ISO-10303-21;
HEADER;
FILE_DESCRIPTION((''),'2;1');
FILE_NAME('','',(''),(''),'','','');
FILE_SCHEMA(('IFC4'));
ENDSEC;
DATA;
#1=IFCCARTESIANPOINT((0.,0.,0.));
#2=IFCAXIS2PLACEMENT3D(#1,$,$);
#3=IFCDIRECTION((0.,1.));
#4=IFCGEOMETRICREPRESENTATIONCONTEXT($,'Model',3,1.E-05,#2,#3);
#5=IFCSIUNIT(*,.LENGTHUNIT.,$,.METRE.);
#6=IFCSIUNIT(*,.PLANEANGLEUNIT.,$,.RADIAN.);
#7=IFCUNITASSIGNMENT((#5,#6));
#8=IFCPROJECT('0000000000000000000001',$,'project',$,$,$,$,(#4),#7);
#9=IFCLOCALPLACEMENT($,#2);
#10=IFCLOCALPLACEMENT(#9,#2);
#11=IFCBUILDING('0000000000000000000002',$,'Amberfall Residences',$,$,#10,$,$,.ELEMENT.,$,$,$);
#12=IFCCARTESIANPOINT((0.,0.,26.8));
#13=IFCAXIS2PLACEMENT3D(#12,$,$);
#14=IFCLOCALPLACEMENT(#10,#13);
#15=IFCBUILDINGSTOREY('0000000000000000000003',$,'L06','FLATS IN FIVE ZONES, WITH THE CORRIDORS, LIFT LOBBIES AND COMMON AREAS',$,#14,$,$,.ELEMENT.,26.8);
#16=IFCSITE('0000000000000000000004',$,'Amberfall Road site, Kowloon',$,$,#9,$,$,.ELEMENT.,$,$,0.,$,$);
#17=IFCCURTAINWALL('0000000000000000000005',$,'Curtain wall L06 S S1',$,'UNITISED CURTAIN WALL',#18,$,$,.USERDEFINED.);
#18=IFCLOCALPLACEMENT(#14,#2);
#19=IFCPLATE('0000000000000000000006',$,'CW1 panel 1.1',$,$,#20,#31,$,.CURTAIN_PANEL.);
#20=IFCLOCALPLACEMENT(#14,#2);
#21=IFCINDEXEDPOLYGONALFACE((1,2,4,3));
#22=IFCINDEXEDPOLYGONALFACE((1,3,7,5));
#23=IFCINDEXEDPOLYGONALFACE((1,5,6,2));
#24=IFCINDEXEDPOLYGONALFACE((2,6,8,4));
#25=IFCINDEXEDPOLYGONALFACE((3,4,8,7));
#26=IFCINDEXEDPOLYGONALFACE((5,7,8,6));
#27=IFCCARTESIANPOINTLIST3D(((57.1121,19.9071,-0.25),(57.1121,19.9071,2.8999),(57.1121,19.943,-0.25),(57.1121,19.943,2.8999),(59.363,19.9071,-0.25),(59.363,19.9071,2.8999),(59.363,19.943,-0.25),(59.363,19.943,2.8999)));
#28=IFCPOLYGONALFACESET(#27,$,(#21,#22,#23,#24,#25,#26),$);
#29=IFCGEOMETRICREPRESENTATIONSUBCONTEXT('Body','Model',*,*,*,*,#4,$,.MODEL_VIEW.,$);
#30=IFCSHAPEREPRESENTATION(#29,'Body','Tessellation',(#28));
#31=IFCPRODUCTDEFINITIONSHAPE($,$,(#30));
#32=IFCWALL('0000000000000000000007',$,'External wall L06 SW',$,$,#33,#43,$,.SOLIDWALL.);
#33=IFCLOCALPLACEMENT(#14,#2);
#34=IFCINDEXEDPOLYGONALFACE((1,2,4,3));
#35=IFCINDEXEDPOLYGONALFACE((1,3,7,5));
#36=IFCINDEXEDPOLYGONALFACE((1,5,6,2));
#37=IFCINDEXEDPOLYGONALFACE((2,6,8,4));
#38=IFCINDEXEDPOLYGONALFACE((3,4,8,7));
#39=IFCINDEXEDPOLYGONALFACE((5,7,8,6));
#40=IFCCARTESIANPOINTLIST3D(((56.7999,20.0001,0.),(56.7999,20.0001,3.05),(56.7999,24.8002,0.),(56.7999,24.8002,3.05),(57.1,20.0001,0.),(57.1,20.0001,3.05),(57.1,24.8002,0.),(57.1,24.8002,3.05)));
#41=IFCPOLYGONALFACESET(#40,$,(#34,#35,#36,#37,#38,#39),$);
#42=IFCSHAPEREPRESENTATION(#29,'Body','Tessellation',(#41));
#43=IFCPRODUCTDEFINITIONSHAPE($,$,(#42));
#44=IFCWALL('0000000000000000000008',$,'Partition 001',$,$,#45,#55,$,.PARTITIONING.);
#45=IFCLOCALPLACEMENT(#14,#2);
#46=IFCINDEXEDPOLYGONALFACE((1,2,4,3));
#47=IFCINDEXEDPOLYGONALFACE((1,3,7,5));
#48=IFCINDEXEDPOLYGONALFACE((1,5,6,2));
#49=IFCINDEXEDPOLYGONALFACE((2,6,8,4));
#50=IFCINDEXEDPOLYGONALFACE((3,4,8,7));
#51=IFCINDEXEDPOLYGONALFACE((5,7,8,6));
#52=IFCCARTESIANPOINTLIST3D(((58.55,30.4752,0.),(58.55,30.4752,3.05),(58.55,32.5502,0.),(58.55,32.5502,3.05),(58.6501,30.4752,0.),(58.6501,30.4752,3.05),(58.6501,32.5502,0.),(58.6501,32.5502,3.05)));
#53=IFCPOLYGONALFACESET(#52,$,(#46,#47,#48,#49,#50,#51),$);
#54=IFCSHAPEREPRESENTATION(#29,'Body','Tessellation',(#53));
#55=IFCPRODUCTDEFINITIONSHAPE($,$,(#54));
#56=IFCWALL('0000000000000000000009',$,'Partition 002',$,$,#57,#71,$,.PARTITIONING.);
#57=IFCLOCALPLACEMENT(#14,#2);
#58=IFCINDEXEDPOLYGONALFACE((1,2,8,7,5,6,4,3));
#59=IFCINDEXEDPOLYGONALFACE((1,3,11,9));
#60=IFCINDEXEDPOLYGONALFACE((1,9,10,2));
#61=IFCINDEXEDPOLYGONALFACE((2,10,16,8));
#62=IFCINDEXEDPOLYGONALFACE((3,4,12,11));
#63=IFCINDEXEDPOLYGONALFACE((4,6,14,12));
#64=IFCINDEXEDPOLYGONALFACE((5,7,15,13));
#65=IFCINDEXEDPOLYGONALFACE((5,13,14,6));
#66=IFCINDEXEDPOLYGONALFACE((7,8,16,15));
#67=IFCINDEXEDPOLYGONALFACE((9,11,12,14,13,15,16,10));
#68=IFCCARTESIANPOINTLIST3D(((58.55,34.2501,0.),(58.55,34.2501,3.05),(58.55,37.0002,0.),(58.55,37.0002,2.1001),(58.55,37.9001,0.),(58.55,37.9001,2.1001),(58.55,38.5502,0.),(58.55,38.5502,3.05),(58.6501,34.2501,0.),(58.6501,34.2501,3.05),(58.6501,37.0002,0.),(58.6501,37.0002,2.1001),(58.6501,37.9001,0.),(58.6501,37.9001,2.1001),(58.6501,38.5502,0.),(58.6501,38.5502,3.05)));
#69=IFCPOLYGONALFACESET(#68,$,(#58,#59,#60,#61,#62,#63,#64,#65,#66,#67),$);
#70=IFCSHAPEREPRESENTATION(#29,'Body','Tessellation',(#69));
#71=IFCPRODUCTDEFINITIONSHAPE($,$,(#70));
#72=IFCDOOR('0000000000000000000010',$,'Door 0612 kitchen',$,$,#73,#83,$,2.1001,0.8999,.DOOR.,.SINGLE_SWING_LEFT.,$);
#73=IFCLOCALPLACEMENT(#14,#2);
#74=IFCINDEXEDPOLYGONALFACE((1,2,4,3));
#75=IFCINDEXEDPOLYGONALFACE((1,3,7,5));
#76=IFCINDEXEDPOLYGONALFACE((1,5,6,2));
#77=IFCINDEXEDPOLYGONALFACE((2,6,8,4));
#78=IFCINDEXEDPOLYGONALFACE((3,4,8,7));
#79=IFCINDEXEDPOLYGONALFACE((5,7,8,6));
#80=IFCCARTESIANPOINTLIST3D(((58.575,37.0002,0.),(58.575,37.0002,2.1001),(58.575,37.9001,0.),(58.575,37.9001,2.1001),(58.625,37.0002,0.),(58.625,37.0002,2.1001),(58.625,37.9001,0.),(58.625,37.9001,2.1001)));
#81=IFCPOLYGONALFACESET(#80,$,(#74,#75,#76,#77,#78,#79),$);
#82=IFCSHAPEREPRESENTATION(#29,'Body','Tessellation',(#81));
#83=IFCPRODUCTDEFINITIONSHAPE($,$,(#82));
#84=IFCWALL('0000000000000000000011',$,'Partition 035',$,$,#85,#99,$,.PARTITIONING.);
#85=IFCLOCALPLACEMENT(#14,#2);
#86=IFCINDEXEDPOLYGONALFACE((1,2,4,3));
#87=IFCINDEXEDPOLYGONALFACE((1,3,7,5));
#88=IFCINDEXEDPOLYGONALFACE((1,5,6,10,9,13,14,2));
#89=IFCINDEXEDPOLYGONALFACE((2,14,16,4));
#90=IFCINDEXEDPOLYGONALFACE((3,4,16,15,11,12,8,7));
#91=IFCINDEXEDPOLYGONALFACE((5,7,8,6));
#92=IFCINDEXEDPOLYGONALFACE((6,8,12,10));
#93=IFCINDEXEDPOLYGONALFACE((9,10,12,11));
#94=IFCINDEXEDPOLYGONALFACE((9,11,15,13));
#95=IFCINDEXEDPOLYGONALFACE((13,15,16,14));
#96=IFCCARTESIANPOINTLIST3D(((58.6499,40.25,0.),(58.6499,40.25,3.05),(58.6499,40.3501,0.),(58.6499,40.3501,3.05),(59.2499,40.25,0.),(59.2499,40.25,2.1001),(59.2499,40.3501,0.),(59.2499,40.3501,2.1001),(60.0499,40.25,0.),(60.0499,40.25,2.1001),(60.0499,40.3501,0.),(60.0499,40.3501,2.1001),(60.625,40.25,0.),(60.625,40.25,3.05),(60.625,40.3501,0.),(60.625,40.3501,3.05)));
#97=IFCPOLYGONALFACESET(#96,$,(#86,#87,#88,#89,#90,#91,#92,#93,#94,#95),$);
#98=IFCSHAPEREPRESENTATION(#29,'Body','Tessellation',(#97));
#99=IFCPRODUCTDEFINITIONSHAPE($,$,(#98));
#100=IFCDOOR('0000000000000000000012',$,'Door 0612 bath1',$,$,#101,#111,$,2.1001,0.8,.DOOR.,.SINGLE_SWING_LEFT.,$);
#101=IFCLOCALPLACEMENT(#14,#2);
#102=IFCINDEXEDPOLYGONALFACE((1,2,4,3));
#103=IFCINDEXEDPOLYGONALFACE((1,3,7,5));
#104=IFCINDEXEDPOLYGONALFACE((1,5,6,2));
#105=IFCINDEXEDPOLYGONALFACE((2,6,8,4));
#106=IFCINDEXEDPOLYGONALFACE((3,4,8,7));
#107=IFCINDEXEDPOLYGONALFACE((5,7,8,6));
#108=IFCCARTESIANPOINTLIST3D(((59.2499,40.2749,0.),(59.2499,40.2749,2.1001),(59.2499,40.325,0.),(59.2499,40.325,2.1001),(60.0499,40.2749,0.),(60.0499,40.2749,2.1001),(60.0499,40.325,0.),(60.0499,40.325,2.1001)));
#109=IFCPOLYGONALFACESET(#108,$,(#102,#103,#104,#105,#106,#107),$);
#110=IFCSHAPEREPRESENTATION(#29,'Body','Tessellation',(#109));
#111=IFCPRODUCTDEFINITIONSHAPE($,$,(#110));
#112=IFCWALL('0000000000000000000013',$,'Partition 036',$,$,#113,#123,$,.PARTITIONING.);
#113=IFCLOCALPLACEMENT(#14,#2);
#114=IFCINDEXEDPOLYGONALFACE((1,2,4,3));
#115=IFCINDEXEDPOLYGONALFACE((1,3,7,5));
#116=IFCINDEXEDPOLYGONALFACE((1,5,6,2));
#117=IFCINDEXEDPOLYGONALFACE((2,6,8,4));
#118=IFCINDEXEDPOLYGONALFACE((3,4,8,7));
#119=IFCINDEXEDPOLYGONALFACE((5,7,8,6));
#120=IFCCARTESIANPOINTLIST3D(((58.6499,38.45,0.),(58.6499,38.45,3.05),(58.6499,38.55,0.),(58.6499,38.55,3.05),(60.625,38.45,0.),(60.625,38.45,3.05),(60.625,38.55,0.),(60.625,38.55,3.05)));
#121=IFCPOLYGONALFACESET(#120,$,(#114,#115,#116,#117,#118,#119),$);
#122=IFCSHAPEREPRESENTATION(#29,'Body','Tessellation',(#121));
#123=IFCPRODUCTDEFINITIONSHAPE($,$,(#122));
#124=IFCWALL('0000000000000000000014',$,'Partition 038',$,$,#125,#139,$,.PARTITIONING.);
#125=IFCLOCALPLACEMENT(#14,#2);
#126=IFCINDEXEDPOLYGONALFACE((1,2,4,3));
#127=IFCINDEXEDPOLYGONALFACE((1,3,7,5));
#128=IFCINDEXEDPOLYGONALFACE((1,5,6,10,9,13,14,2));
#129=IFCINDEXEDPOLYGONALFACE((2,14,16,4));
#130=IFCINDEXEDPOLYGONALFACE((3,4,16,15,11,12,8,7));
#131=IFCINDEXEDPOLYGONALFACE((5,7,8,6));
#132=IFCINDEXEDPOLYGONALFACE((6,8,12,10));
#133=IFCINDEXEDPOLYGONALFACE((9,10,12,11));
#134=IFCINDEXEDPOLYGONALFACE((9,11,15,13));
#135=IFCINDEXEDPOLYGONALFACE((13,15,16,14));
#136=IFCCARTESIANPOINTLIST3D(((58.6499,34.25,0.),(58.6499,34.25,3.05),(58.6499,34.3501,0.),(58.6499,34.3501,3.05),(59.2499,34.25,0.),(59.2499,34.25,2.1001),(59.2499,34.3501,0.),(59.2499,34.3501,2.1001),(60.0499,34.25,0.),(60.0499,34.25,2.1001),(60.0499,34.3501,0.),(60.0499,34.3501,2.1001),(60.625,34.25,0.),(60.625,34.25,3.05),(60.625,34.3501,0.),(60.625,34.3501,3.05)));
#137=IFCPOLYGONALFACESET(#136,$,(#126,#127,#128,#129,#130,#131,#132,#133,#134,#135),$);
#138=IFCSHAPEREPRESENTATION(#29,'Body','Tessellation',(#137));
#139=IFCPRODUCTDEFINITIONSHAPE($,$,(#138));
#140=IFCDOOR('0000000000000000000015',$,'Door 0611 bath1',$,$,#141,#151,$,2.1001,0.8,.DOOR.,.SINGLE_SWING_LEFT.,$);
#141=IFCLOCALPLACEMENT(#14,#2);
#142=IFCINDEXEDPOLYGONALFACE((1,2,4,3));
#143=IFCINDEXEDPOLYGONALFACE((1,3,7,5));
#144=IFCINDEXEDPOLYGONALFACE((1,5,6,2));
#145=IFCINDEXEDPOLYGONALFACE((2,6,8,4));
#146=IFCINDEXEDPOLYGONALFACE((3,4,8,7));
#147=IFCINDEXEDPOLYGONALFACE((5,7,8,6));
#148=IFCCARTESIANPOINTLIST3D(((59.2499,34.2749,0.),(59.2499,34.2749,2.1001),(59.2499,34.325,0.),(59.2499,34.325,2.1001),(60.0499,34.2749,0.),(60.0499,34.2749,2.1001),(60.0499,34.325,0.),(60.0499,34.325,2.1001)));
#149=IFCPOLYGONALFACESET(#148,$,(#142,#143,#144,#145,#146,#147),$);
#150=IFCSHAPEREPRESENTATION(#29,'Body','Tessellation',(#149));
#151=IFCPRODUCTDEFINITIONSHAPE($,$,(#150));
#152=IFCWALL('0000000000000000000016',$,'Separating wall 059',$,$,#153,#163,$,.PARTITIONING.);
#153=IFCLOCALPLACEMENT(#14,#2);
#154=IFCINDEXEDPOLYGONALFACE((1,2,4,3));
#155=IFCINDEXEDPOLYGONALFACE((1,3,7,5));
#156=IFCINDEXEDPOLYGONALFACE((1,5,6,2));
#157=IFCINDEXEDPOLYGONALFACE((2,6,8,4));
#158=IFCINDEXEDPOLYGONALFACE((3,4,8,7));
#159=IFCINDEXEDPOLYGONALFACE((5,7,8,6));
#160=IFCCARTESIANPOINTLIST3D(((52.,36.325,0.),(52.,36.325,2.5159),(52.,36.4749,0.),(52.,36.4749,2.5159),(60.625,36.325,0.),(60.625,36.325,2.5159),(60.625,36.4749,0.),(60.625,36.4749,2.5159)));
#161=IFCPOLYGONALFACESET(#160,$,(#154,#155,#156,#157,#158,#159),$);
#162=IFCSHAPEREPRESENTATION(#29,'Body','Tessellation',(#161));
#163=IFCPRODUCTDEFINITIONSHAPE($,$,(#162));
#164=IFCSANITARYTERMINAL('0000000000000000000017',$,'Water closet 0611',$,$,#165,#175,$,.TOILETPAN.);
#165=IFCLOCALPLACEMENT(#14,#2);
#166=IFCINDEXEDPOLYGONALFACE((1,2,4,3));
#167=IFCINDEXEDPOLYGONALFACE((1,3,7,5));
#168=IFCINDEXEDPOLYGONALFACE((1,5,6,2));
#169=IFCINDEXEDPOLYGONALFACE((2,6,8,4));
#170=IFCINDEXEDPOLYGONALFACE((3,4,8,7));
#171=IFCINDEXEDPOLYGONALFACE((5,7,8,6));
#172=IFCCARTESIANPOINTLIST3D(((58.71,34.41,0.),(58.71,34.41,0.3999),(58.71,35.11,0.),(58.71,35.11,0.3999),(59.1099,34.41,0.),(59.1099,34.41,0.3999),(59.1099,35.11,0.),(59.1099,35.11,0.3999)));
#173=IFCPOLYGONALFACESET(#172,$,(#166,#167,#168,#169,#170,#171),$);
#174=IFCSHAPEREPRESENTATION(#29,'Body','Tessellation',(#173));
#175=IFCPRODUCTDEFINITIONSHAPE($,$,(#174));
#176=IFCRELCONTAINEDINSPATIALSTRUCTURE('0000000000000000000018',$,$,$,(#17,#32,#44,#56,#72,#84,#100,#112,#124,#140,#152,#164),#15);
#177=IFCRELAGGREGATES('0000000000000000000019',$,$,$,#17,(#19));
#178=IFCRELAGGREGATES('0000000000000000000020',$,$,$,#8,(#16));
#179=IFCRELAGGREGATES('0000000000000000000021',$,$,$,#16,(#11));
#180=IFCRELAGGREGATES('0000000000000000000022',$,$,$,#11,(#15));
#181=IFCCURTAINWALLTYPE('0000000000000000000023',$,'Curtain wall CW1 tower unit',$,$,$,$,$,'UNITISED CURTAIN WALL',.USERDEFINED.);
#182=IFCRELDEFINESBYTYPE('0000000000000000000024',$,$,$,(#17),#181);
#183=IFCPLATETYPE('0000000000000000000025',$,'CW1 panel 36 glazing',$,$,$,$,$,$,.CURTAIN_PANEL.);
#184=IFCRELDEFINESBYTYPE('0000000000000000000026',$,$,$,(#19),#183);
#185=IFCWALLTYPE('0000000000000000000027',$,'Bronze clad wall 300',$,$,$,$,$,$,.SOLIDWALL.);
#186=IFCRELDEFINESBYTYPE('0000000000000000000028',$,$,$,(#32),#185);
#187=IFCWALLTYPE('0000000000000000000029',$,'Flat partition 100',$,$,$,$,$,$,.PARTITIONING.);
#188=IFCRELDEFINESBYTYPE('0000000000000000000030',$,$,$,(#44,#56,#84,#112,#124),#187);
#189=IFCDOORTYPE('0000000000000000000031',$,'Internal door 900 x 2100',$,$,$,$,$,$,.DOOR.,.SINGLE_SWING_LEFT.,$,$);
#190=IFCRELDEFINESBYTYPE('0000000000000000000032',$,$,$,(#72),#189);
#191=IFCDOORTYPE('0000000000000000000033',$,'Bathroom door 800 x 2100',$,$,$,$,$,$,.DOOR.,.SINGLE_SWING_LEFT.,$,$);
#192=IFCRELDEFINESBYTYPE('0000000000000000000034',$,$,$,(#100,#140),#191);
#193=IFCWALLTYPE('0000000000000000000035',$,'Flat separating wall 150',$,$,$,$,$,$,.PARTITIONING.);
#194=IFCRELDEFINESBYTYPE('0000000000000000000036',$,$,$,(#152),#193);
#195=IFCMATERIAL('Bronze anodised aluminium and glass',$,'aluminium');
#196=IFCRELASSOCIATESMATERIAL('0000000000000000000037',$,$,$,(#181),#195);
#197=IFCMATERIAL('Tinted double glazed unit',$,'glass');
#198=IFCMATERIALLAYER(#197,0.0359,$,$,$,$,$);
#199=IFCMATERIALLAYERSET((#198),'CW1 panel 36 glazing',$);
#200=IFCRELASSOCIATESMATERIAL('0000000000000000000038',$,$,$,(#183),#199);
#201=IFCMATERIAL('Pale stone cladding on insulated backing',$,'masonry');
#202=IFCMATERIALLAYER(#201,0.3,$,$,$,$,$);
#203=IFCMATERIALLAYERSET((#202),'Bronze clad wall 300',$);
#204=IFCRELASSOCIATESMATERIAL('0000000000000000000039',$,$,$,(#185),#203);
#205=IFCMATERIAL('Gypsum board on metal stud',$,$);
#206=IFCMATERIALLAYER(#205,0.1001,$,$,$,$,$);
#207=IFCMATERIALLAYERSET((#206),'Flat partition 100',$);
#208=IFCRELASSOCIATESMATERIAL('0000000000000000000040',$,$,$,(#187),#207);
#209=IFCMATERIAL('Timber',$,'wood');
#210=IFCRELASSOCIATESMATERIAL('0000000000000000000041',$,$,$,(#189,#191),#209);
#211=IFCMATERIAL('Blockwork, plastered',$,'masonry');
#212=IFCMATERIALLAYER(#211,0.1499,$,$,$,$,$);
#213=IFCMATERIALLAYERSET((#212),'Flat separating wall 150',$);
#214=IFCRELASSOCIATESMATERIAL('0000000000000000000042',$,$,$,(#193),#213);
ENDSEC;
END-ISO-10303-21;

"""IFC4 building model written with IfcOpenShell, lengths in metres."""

from ifc_helpers import new_model, si_unit, direction, frame, frame_2d, origin, origin_2d, place, context, subcontext, project, spatial, rectangle, extrude, material, layer, layer_set, type_object, element, fill, aggregate, save


model = new_model("IFC4")

# Units and contexts
model_context = context("Model", 3, precision=1e-05, world=origin(), true_north=direction((0.0, 1.0)))
body_context = subcontext(model_context, "Body", "Model", "MODEL_VIEW")
ifc_project = project(units=[si_unit("LENGTHUNIT", "METRE"), si_unit("PLANEANGLEUNIT", "RADIAN")], contexts=[model_context])

# Site, building, storey
site_placement = place(None, origin())
site = spatial("IfcSite", under=ifc_project, at=site_placement, Name="Amberfall Road site, Kowloon", CompositionType="ELEMENT", RefElevation=0.0)
building_placement = place(site_placement, origin())
building = spatial("IfcBuilding", under=site, at=building_placement, Name="Amberfall Residences", CompositionType="ELEMENT")
storey_placement = place(building_placement, frame((0.0, 0.0, 26.8)))
storey = spatial("IfcBuildingStorey", under=building, at=storey_placement, Name="L06", Description="FLATS IN FIVE ZONES, WITH THE CORRIDORS, LIFT LOBBIES AND COMMON AREAS", CompositionType="ELEMENT", Elevation=26.8)

# Curtain wall
ifc_material_1 = material(Name="Bronze anodised aluminium and glass", Category="aluminium")
curtain_wall_type = type_object("IfcCurtainWallType", Name="Curtain wall CW1 tower unit", ElementType="UNITISED CURTAIN WALL", PredefinedType="USERDEFINED", material=ifc_material_1)
curtain_wall_placement = place(storey_placement, origin())
curtain_wall = element("IfcCurtainWall", 1, at=curtain_wall_placement, inside=storey, type_object=curtain_wall_type, Name="Curtain wall L06 S S1", ObjectType="UNITISED CURTAIN WALL", PredefinedType="USERDEFINED")

# Plate
ifc_material_2 = material(Name="Tinted double glazed unit", Category="glass")
ifc_layer_1 = layer(ifc_material_2, 0.0359)
ifc_layer_set_1 = layer_set([ifc_layer_1], Name="CW1 panel 36 glazing")
plate_type = type_object("IfcPlateType", Name="CW1 panel 36 glazing", PredefinedType="CURTAIN_PANEL", material=ifc_layer_set_1)
plate_placement = place(storey_placement, frame((58.2375, 19.925, -0.25), z_axis=(0.0, 0.0, 1.0), x_axis=(1.0, 0.0, 0.0)))
plate = element("IfcPlate", 2, at=plate_placement, type_object=plate_type, Name="CW1 panel 1.1", PredefinedType="CURTAIN_PANEL", context=body_context, shape_type="SweptSolid", body=[
    extrude(rectangle(XDim=2.251, YDim=0.0359, at=origin_2d()), origin(), (0.0, 0.0, 1.0), 3.1499),
])
aggregate(curtain_wall, [plate])

# Walls
ifc_material_3 = material(Name="Pale stone cladding on insulated backing", Category="masonry")
ifc_layer_2 = layer(ifc_material_3, 0.3)
ifc_layer_set_2 = layer_set([ifc_layer_2], Name="Bronze clad wall 300")
wall_type_1 = type_object("IfcWallType", Name="Bronze clad wall 300", PredefinedType="SOLIDWALL", material=ifc_layer_set_2)
wall_1_placement = place(storey_placement, frame((56.95, 24.8, 0.0), z_axis=(0.0, 0.0, 1.0), x_axis=(0.0, -1.0, 0.0)))
element("IfcWall", 3, at=wall_1_placement, inside=storey, type_object=wall_type_1, Name="External wall L06 SW", PredefinedType="SOLIDWALL", context=body_context, shape_type="SweptSolid", body=[
    extrude(rectangle(XDim=4.8, YDim=0.3, at=frame_2d((2.3999, 0.0))), origin(), (0.0, 0.0, 1.0), 3.05),
])
ifc_material_4 = material(Name="Gypsum board on metal stud")
ifc_layer_3 = layer(ifc_material_4, 0.1001)
ifc_layer_set_3 = layer_set([ifc_layer_3], Name="Flat partition 100")
wall_type_2 = type_object("IfcWallType", Name="Flat partition 100", PredefinedType="PARTITIONING", material=ifc_layer_set_3)
wall_2_placement = place(storey_placement, frame((58.6001, 30.4751, 0.0), z_axis=(0.0, 0.0, 1.0), x_axis=(0.0, 1.0, 0.0)))
element("IfcWall", 4, at=wall_2_placement, inside=storey, type_object=wall_type_2, Name="Partition 001", PredefinedType="PARTITIONING", context=body_context, shape_type="SweptSolid", body=[
    extrude(rectangle(XDim=2.075, YDim=0.1001, at=frame_2d((1.0376, 0.0))), origin(), (0.0, 0.0, 1.0), 3.05),
])

# Walls, openings, doors
wall_3_placement = place(storey_placement, frame((58.6001, 38.55, 0.0), z_axis=(0.0, 0.0, 1.0), x_axis=(0.0, -1.0, 0.0)))
wall_3 = element("IfcWall", 5, at=wall_3_placement, inside=storey, type_object=wall_type_2, Name="Partition 002", PredefinedType="PARTITIONING", context=body_context, shape_type="SweptSolid", body=[
    extrude(rectangle(XDim=4.3, YDim=0.1001, at=frame_2d((2.1499, 0.0))), origin(), (0.0, 0.0, 1.0), 3.05),
])
opening_1_placement = place(wall_3_placement, frame((0.6499, 0.0, 0.0)))
opening_1 = element("IfcOpeningElement", 6, at=opening_1_placement, cuts=wall_3, PredefinedType="OPENING", context=body_context, shape_type="SweptSolid", body=[
    extrude(rectangle(XDim=0.8999, YDim=2.1001, at=frame_2d((0.45, 1.05))), frame((0.0, 0.0601, 0.0), z_axis=(0.0, -1.0, 0.0), x_axis=(1.0, 0.0, 0.0)), (0.0, 0.0, 1.0), 0.1201),
])
ifc_material_5 = material(Name="Timber", Category="wood")
door_type_1 = type_object("IfcDoorType", Name="Internal door 900 x 2100", OperationType="SINGLE_SWING_LEFT", PredefinedType="DOOR", material=ifc_material_5)
door_1_placement = place(opening_1_placement, origin())
door_1 = element("IfcDoor", 7, at=door_1_placement, inside=storey, type_object=door_type_1, Name="Door 0612 kitchen", OperationType="SINGLE_SWING_LEFT", OverallHeight=2.1001, OverallWidth=0.8999, PredefinedType="DOOR", context=body_context, shape_type="SweptSolid", body=[
    extrude(rectangle(XDim=0.8999, YDim=2.1001, at=frame_2d((0.45, 1.05))), frame((0.0, 0.0249, 0.0), z_axis=(0.0, -1.0, 0.0), x_axis=(1.0, 0.0, 0.0)), (0.0, 0.0, 1.0), 0.05),
])
fill(opening_1, door_1)
wall_4_placement = place(storey_placement, frame((58.6499, 40.3, 0.0), z_axis=(0.0, 0.0, 1.0), x_axis=(1.0, 0.0, 0.0)))
wall_4 = element("IfcWall", 8, at=wall_4_placement, inside=storey, type_object=wall_type_2, Name="Partition 035", PredefinedType="PARTITIONING", context=body_context, shape_type="SweptSolid", body=[
    extrude(rectangle(XDim=1.9751, YDim=0.1001, at=frame_2d((0.9875, 0.0))), origin(), (0.0, 0.0, 1.0), 3.05),
])
opening_2_placement = place(wall_4_placement, frame((0.6001, 0.0, 0.0)))
opening_2 = element("IfcOpeningElement", 9, at=opening_2_placement, cuts=wall_4, PredefinedType="OPENING", context=body_context, shape_type="SweptSolid", body=[
    extrude(rectangle(XDim=0.8, YDim=2.1001, at=frame_2d((0.3999, 1.05))), frame((0.0, 0.0601, 0.0), z_axis=(0.0, -1.0, 0.0), x_axis=(1.0, 0.0, 0.0)), (0.0, 0.0, 1.0), 0.1201),
])
door_type_2 = type_object("IfcDoorType", Name="Bathroom door 800 x 2100", OperationType="SINGLE_SWING_LEFT", PredefinedType="DOOR", material=ifc_material_5)
door_2_placement = place(opening_2_placement, origin())
door_2 = element("IfcDoor", 10, at=door_2_placement, inside=storey, type_object=door_type_2, Name="Door 0612 bath1", OperationType="SINGLE_SWING_LEFT", OverallHeight=2.1001, OverallWidth=0.8, PredefinedType="DOOR", context=body_context, shape_type="SweptSolid", body=[
    extrude(rectangle(XDim=0.8, YDim=2.1001, at=frame_2d((0.3999, 1.05))), frame((0.0, 0.0249, 0.0), z_axis=(0.0, -1.0, 0.0), x_axis=(1.0, 0.0, 0.0)), (0.0, 0.0, 1.0), 0.05),
])
fill(opening_2, door_2)

# Wall
wall_5_placement = place(storey_placement, frame((58.6499, 38.5, 0.0), z_axis=(0.0, 0.0, 1.0), x_axis=(1.0, 0.0, 0.0)))
element("IfcWall", 11, at=wall_5_placement, inside=storey, type_object=wall_type_2, Name="Partition 036", PredefinedType="PARTITIONING", context=body_context, shape_type="SweptSolid", body=[
    extrude(rectangle(XDim=1.9751, YDim=0.1001, at=frame_2d((0.9875, 0.0))), origin(), (0.0, 0.0, 1.0), 3.05),
])

# Wall, opening, door
wall_6_placement = place(storey_placement, frame((58.6499, 34.3, 0.0), z_axis=(0.0, 0.0, 1.0), x_axis=(1.0, 0.0, 0.0)))
wall_6 = element("IfcWall", 12, at=wall_6_placement, inside=storey, type_object=wall_type_2, Name="Partition 038", PredefinedType="PARTITIONING", context=body_context, shape_type="SweptSolid", body=[
    extrude(rectangle(XDim=1.9751, YDim=0.1001, at=frame_2d((0.9875, 0.0))), origin(), (0.0, 0.0, 1.0), 3.05),
])
opening_3_placement = place(wall_6_placement, frame((0.6001, 0.0, 0.0)))
opening_3 = element("IfcOpeningElement", 13, at=opening_3_placement, cuts=wall_6, PredefinedType="OPENING", context=body_context, shape_type="SweptSolid", body=[
    extrude(rectangle(XDim=0.8, YDim=2.1001, at=frame_2d((0.3999, 1.05))), frame((0.0, 0.0601, 0.0), z_axis=(0.0, -1.0, 0.0), x_axis=(1.0, 0.0, 0.0)), (0.0, 0.0, 1.0), 0.1201),
])
door_3_placement = place(opening_3_placement, origin())
door_3 = element("IfcDoor", 14, at=door_3_placement, inside=storey, type_object=door_type_2, Name="Door 0611 bath1", OperationType="SINGLE_SWING_LEFT", OverallHeight=2.1001, OverallWidth=0.8, PredefinedType="DOOR", context=body_context, shape_type="SweptSolid", body=[
    extrude(rectangle(XDim=0.8, YDim=2.1001, at=frame_2d((0.3999, 1.05))), frame((0.0, 0.0249, 0.0), z_axis=(0.0, -1.0, 0.0), x_axis=(1.0, 0.0, 0.0)), (0.0, 0.0, 1.0), 0.05),
])
fill(opening_3, door_3)

# Wall
ifc_material_6 = material(Name="Blockwork, plastered", Category="masonry")
ifc_layer_4 = layer(ifc_material_6, 0.1499)
ifc_layer_set_4 = layer_set([ifc_layer_4], Name="Flat separating wall 150")
wall_type_3 = type_object("IfcWallType", Name="Flat separating wall 150", PredefinedType="PARTITIONING", material=ifc_layer_set_4)
wall_7_placement = place(storey_placement, frame((52.0, 36.3999, 0.0), z_axis=(0.0, 0.0, 1.0), x_axis=(1.0, 0.0, 0.0)))
element("IfcWall", 15, at=wall_7_placement, inside=storey, type_object=wall_type_3, Name="Separating wall 059", PredefinedType="PARTITIONING", context=body_context, shape_type="SweptSolid", body=[
    extrude(rectangle(XDim=8.625, YDim=0.1499, at=frame_2d((4.3125, 0.0))), origin(), (0.0, 0.0, 1.0), 2.5159),
])

# Sanitary terminal
for number, where, z_axis, x_axis, name in (
    (16, (58.9099, 34.76, 0.0), (0.0, 0.0, 1.0), (1.0, 0.0, 0.0), "Water closet 0611"),
):
    element("IfcSanitaryTerminal", number, at=place(storey_placement, frame(where, z_axis=z_axis, x_axis=x_axis)), inside=storey, Name=name, PredefinedType="TOILETPAN", context=body_context, shape_type="SweptSolid", body=[
        extrude(rectangle(XDim=0.3999, YDim=0.7, at=origin_2d()), origin(), (0.0, 0.0, 1.0), 0.3999),
    ])

save(model, "model.ifc")
